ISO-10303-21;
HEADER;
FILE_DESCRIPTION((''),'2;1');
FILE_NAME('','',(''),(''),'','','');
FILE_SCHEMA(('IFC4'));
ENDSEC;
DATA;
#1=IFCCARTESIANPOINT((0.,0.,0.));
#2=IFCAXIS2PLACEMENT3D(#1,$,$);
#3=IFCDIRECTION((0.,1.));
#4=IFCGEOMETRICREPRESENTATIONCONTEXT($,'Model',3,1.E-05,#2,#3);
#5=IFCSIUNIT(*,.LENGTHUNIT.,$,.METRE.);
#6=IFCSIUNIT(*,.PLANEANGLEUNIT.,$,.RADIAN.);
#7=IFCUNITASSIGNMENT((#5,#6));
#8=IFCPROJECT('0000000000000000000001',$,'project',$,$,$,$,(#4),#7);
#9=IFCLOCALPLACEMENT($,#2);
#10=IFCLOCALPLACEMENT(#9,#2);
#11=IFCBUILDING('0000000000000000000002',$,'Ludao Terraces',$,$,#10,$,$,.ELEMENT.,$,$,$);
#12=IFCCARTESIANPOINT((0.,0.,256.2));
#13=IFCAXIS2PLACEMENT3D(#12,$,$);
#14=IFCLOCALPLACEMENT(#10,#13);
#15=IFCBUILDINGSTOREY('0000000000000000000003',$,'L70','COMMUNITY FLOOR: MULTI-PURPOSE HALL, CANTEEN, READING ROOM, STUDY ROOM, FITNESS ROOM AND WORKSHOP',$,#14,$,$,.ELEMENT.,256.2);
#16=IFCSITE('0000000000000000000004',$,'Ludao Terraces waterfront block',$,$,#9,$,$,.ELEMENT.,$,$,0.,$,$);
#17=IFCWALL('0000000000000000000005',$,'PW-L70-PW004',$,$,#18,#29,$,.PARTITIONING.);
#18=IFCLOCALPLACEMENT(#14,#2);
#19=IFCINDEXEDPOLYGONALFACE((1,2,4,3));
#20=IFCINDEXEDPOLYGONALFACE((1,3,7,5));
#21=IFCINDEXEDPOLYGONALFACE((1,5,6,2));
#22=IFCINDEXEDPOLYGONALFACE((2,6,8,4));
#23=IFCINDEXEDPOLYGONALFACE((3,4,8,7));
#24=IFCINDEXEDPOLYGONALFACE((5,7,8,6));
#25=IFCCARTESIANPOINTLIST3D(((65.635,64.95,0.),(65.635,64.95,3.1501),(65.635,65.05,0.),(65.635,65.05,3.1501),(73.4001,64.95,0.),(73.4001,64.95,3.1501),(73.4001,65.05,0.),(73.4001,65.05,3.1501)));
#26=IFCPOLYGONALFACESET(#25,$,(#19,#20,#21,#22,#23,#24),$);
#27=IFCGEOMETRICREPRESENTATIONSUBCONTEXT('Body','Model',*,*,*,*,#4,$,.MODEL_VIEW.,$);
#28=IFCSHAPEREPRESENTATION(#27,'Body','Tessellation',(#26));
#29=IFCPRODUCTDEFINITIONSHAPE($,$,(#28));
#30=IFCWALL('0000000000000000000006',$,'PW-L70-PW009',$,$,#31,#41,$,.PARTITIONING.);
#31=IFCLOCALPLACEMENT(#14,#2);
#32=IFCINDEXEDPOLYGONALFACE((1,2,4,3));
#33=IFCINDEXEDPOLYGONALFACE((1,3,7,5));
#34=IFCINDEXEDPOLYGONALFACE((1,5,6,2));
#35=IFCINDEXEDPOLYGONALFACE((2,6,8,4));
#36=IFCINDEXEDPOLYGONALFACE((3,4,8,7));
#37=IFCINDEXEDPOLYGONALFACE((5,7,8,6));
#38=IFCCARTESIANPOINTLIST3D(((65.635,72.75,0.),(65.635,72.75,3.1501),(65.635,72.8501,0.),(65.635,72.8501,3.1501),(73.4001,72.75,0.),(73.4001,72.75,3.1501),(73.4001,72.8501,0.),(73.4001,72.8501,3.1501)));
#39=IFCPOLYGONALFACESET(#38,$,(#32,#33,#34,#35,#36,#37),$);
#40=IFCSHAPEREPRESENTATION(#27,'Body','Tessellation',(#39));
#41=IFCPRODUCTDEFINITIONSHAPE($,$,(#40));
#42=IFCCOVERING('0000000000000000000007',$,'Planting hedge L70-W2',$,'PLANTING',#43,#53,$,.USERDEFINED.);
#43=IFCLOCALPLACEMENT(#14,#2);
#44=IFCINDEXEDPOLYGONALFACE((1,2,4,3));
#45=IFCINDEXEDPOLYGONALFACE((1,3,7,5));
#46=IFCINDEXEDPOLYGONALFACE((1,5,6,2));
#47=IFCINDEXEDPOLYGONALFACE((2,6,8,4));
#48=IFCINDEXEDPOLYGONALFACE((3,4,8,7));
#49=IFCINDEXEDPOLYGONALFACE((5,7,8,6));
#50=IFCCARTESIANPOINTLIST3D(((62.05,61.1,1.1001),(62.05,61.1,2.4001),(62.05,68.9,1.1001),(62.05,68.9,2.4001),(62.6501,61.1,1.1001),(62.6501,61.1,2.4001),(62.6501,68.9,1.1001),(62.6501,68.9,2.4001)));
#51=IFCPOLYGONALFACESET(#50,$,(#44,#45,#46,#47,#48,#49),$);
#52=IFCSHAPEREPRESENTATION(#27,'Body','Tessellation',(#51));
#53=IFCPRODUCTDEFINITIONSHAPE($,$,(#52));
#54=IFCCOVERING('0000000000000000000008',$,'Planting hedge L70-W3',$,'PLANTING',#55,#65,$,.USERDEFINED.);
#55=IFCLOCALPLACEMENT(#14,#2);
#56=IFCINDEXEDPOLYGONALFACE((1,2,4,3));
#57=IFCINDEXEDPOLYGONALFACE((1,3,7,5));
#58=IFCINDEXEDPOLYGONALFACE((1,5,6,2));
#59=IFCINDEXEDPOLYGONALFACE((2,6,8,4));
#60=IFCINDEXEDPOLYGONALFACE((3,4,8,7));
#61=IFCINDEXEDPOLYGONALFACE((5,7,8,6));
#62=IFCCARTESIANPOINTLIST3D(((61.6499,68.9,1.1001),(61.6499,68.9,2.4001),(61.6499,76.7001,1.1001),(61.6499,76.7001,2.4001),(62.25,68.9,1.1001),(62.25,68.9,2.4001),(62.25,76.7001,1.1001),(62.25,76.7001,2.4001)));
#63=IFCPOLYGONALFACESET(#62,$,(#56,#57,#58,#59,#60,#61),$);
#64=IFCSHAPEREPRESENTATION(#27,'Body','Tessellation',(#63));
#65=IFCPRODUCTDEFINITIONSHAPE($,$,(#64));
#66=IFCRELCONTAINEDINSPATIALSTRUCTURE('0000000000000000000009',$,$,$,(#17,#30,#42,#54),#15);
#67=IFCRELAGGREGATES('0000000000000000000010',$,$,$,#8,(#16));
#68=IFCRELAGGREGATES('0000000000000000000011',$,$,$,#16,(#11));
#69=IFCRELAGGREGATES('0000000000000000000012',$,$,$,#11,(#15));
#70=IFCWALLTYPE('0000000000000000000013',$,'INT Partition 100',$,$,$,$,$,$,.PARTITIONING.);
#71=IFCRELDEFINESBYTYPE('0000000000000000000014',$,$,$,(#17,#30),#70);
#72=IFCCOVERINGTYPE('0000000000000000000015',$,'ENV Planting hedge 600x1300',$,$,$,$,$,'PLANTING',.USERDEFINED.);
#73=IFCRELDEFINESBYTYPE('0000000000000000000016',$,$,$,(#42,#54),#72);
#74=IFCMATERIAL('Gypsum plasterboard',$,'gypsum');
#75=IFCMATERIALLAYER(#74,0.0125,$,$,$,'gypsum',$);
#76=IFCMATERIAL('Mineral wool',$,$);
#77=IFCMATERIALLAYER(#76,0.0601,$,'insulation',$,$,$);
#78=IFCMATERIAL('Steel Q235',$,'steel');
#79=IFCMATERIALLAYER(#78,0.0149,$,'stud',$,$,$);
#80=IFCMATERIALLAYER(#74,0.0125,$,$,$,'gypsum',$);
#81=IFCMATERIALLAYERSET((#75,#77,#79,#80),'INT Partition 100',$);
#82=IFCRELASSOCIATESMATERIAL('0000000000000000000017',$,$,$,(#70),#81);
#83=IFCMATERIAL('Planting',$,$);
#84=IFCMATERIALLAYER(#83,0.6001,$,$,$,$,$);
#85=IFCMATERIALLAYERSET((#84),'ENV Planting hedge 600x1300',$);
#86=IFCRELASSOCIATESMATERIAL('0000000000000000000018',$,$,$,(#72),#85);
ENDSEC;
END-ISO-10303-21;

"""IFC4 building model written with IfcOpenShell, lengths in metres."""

from ifc_helpers import new_model, si_unit, direction, frame, frame_2d, origin, origin_2d, place, context, subcontext, project, spatial, rectangle, extrude, material, layer, layer_set, type_object, element, save


model = new_model("IFC4")

# Units and contexts
model_context = context("Model", 3, precision=1e-05, world=origin(), true_north=direction((0.0, 1.0)))
body_context = subcontext(model_context, "Body", "Model", "MODEL_VIEW")
ifc_project = project(units=[si_unit("LENGTHUNIT", "METRE"), si_unit("PLANEANGLEUNIT", "RADIAN")], contexts=[model_context])

# Site, building, storey
site_placement = place(None, origin())
site = spatial("IfcSite", under=ifc_project, at=site_placement, Name="Ludao Terraces waterfront block", CompositionType="ELEMENT", RefElevation=0.0)
building_placement = place(site_placement, origin())
building = spatial("IfcBuilding", under=site, at=building_placement, Name="Ludao Terraces", CompositionType="ELEMENT")
storey_placement = place(building_placement, frame((0.0, 0.0, 256.2)))
storey = spatial("IfcBuildingStorey", under=building, at=storey_placement, Name="L70", Description="COMMUNITY FLOOR: MULTI-PURPOSE HALL, CANTEEN, READING ROOM, STUDY ROOM, FITNESS ROOM AND WORKSHOP", CompositionType="ELEMENT", Elevation=256.2)

# Shared definitions
ifc_material_1 = material(Name="Mineral wool")

# Walls
ifc_material_2 = material(Name="Gypsum plasterboard", Category="gypsum")
ifc_layer_1 = layer(ifc_material_2, 0.0125, Category="gypsum")
ifc_layer_2 = layer(ifc_material_1, 0.0601, Name="insulation")
ifc_material_3 = material(Name="Steel Q235", Category="steel")
ifc_layer_3 = layer(ifc_material_3, 0.0149, Name="stud")
ifc_layer_4 = layer(ifc_material_2, 0.0125, Category="gypsum")
ifc_layer_set_1 = layer_set([ifc_layer_1, ifc_layer_2, ifc_layer_3, ifc_layer_4], Name="INT Partition 100")
wall_type_1 = type_object("IfcWallType", Name="INT Partition 100", PredefinedType="PARTITIONING", material=ifc_layer_set_1)
for number, where, z_axis, x_axis, name in (
    (1, (65.635, 65.0, 0.0), (0.0, 0.0, 1.0), (1.0, 0.0, 0.0), "PW-L70-PW004"),
    (2, (65.635, 72.8, 0.0), (0.0, 0.0, 1.0), (1.0, 0.0, 0.0), "PW-L70-PW009"),
):
    element("IfcWall", number, at=place(storey_placement, frame(where, z_axis=z_axis, x_axis=x_axis)), inside=storey, type_object=wall_type_1, Name=name, PredefinedType="PARTITIONING", context=body_context, shape_type="SweptSolid", body=[
        extrude(rectangle(XDim=7.7651, YDim=0.1001, at=frame_2d((3.8826, 0.0))), origin(), (0.0, 0.0, 1.0), 3.1501),
    ])

# Coverings
ifc_material_4 = material(Name="Planting")
ifc_layer_5 = layer(ifc_material_4, 0.6001)
ifc_layer_set_2 = layer_set([ifc_layer_5], Name="ENV Planting hedge 600x1300")
covering_type = type_object("IfcCoveringType", Name="ENV Planting hedge 600x1300", ElementType="PLANTING", PredefinedType="USERDEFINED", material=ifc_layer_set_2)
for number, where, z_axis, x_axis, name in (
    (3, (62.3501, 65.0, 1.1001), (0.0, 0.0, 1.0), (1.0, 0.0, 0.0), "Planting hedge L70-W2"),
    (4, (61.95, 72.8, 1.1001), (0.0, 0.0, 1.0), (1.0, 0.0, 0.0), "Planting hedge L70-W3"),
):
    element("IfcCovering", number, at=place(storey_placement, frame(where, z_axis=z_axis, x_axis=x_axis)), inside=storey, type_object=covering_type, Name=name, ObjectType="PLANTING", PredefinedType="USERDEFINED", context=body_context, shape_type="SweptSolid", body=[
        extrude(rectangle(XDim=0.6001, YDim=7.8, at=origin_2d()), origin(), (0.0, 0.0, 1.0), 1.3),
    ])

save(model, "model.ifc")
